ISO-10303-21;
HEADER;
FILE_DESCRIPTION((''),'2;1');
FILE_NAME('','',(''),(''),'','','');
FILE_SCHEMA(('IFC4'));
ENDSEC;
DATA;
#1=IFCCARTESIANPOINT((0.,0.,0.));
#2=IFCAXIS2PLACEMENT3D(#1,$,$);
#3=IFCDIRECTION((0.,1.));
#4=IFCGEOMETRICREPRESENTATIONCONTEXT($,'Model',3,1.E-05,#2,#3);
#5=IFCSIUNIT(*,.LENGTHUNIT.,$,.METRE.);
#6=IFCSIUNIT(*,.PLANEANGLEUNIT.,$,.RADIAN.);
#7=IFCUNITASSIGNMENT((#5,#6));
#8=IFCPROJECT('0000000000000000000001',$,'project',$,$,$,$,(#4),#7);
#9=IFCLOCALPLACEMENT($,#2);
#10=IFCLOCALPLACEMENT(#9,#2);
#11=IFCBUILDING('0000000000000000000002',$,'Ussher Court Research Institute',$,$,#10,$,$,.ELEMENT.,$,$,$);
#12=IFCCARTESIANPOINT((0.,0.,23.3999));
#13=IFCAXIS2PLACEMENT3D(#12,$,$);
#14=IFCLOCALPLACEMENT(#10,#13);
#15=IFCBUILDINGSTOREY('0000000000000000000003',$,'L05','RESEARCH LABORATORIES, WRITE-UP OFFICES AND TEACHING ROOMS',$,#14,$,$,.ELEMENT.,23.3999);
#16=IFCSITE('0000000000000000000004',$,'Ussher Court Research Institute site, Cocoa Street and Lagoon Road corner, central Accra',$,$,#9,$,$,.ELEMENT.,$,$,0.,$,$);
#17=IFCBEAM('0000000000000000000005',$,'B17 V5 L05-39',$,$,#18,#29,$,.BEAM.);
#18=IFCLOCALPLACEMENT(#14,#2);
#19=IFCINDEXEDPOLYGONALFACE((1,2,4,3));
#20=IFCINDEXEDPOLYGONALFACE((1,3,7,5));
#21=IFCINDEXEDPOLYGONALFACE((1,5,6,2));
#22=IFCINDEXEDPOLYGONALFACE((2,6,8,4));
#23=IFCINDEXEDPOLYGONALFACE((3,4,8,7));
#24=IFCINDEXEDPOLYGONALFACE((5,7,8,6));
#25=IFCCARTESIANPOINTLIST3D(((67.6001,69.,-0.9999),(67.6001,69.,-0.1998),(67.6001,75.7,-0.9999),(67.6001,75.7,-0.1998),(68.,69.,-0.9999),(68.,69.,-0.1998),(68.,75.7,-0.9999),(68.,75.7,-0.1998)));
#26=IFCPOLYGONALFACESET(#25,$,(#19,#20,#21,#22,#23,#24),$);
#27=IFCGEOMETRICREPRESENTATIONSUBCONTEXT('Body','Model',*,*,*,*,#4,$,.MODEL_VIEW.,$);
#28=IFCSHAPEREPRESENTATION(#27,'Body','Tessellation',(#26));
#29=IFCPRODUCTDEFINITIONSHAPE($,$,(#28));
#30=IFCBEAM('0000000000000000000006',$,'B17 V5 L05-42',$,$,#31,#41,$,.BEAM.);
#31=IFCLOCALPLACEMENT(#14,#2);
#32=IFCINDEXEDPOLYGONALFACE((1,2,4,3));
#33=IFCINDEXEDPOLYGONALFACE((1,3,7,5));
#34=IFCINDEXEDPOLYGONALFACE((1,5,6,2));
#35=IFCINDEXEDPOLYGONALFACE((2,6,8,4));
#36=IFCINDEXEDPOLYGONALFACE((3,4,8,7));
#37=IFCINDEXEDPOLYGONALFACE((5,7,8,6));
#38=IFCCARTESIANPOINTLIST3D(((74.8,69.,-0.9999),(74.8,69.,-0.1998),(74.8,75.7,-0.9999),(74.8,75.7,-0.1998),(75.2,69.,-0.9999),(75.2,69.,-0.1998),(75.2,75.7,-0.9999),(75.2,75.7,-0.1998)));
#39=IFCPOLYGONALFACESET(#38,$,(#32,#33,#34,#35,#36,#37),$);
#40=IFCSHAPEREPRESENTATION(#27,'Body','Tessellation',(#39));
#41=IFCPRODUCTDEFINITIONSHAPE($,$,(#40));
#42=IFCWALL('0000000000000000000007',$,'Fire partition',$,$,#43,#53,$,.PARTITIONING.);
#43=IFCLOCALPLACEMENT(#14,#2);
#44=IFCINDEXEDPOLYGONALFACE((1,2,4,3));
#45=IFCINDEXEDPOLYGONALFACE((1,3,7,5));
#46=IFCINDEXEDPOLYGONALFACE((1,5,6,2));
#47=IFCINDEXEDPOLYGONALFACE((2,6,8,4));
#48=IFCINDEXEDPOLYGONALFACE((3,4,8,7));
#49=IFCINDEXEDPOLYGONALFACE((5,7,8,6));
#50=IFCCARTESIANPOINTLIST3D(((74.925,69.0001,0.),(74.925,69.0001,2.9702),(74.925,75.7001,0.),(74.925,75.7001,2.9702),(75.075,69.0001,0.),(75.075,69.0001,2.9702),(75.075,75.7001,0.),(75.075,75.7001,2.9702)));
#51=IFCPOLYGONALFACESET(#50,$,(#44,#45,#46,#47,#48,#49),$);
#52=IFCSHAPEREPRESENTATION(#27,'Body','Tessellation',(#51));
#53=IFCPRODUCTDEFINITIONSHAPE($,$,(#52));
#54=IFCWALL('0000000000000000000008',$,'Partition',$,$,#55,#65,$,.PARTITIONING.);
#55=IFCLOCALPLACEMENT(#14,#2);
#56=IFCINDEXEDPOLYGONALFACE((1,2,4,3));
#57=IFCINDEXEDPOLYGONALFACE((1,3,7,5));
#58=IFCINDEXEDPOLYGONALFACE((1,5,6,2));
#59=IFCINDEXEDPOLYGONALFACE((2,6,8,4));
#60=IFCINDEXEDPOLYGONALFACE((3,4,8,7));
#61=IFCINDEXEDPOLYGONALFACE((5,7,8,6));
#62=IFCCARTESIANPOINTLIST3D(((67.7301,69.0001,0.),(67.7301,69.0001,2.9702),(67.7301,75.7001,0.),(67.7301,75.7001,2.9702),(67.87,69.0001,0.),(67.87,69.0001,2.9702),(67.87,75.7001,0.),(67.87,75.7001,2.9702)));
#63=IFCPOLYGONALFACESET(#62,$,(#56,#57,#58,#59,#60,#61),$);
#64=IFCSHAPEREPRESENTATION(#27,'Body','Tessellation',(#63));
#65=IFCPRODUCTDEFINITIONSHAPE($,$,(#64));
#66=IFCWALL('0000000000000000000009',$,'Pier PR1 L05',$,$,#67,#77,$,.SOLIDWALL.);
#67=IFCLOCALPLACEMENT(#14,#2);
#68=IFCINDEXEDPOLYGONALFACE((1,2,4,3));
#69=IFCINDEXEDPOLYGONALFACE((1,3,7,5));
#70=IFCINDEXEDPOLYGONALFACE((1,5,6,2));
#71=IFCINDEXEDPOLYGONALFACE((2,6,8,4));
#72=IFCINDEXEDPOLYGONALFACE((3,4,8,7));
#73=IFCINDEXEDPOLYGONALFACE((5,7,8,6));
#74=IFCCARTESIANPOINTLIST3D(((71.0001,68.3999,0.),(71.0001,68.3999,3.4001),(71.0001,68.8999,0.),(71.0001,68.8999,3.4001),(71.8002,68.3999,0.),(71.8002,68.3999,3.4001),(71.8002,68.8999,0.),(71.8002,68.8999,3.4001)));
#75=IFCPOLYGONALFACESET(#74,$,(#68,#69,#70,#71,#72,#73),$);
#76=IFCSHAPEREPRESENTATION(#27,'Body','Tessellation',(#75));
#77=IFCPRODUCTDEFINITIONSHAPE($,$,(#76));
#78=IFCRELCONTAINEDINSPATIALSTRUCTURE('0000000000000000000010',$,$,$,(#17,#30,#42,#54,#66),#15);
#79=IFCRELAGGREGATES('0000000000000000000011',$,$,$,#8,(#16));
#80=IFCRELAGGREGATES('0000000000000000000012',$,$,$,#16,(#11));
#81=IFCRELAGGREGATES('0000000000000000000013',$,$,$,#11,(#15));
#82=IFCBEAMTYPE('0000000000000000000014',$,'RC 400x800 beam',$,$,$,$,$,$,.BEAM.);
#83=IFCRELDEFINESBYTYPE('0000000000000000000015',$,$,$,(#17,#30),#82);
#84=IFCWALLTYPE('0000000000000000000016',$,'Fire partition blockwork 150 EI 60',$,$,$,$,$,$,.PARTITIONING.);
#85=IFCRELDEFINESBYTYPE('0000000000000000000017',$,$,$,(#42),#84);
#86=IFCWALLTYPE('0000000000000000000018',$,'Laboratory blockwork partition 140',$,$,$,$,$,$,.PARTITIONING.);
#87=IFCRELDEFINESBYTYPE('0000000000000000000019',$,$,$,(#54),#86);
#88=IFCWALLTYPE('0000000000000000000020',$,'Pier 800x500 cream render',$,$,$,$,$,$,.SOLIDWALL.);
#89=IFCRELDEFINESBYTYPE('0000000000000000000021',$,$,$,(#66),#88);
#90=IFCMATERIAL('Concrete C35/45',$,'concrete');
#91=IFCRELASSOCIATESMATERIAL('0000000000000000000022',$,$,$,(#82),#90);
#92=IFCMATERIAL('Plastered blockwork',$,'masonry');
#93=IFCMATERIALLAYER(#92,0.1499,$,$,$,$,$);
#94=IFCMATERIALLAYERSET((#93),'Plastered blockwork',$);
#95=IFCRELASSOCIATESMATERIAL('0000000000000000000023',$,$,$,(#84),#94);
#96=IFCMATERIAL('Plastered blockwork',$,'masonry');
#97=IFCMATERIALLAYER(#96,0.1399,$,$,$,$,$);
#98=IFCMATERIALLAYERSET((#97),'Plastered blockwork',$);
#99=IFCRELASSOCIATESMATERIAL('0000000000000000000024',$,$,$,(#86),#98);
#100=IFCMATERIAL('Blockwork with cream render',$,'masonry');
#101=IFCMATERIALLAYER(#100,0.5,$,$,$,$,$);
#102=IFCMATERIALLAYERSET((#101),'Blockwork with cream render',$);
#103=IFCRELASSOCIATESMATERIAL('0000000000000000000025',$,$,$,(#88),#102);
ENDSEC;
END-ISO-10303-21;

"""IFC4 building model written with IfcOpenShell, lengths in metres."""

from ifc_helpers import new_model, si_unit, direction, frame, frame_2d, origin, origin_2d, place, context, subcontext, project, spatial, rectangle, extrude, material, layer, layer_set, material_profile, profile_set, type_object, element, save


model = new_model("IFC4")

# Units and contexts
model_context = context("Model", 3, precision=1e-05, world=origin(), true_north=direction((0.0, 1.0)))
body_context = subcontext(model_context, "Body", "Model", "MODEL_VIEW")
ifc_project = project(units=[si_unit("LENGTHUNIT", "METRE"), si_unit("PLANEANGLEUNIT", "RADIAN")], contexts=[model_context])

# Site, building, storey
site_placement = place(None, origin())
site = spatial("IfcSite", under=ifc_project, at=site_placement, Name="Ussher Court Research Institute site, Cocoa Street and Lagoon Road corner, central Accra", CompositionType="ELEMENT", RefElevation=0.0)
building_placement = place(site_placement, origin())
building = spatial("IfcBuilding", under=site, at=building_placement, Name="Ussher Court Research Institute", CompositionType="ELEMENT")
storey_placement = place(building_placement, frame((0.0, 0.0, 23.3999)))
storey = spatial("IfcBuildingStorey", under=building, at=storey_placement, Name="L05", Description="RESEARCH LABORATORIES, WRITE-UP OFFICES AND TEACHING ROOMS", CompositionType="ELEMENT", Elevation=23.3999)

# Beams
ifc_material_1 = material(Name="Concrete C35/45", Category="concrete")
ifc_material_profile_1 = material_profile(ifc_material_1, rectangle(XDim=0.3999, YDim=0.8, at=origin_2d()), Name="RC 400x800")
ifc_profile_set_1 = profile_set([ifc_material_profile_1], Name="Concrete C35/45")
beam_type_1 = type_object("IfcBeamType", Name="RC 400x800 beam", PredefinedType="BEAM", material=ifc_profile_set_1)
for number, where, z_axis, x_axis, name in (
    (1, (67.8, 69.0, -0.5999), (0.0, 1.0, 0.0), (-1.0, 0.0, 0.0), "B17 V5 L05-39"),
    (2, (75.0, 69.0, -0.5999), (0.0, 1.0, 0.0), (-1.0, 0.0, 0.0), "B17 V5 L05-42"),
):
    element("IfcBeam", number, at=place(storey_placement, frame(where, z_axis=z_axis, x_axis=x_axis)), inside=storey, type_object=beam_type_1, Name=name, PredefinedType="BEAM", context=body_context, shape_type="SweptSolid", body=[
        extrude(rectangle(XDim=0.3999, YDim=0.8, at=origin_2d()), origin(), (0.0, 0.0, 1.0), 6.7),
    ])

# Walls
ifc_material_2 = material(Name="Plastered blockwork", Category="masonry")
ifc_layer_1 = layer(ifc_material_2, 0.1499)
ifc_layer_set_1 = layer_set([ifc_layer_1], Name="Plastered blockwork")
wall_type_1 = type_object("IfcWallType", Name="Fire partition blockwork 150 EI 60", PredefinedType="PARTITIONING", material=ifc_layer_set_1)
wall_1_placement = place(storey_placement, frame((75.0, 69.0, 0.0), z_axis=(0.0, 0.0, 1.0), x_axis=(0.0, 1.0, 0.0)))
element("IfcWall", 3, at=wall_1_placement, inside=storey, type_object=wall_type_1, Name="Fire partition", PredefinedType="PARTITIONING", context=body_context, shape_type="SweptSolid", body=[
    extrude(rectangle(XDim=6.7, YDim=0.1499, at=frame_2d((3.3501, 0.0))), origin(), (0.0, 0.0, 1.0), 2.9702),
])
ifc_material_3 = material(Name="Plastered blockwork", Category="masonry")
ifc_layer_2 = layer(ifc_material_3, 0.1399)
ifc_layer_set_2 = layer_set([ifc_layer_2], Name="Plastered blockwork")
wall_type_2 = type_object("IfcWallType", Name="Laboratory blockwork partition 140", PredefinedType="PARTITIONING", material=ifc_layer_set_2)
wall_2_placement = place(storey_placement, frame((67.8, 69.0, 0.0), z_axis=(0.0, 0.0, 1.0), x_axis=(0.0, 1.0, 0.0)))
element("IfcWall", 4, at=wall_2_placement, inside=storey, type_object=wall_type_2, Name="Partition", PredefinedType="PARTITIONING", context=body_context, shape_type="SweptSolid", body=[
    extrude(rectangle(XDim=6.7, YDim=0.1399, at=frame_2d((3.3501, 0.0))), origin(), (0.0, 0.0, 1.0), 2.9702),
])
ifc_material_4 = material(Name="Blockwork with cream render", Category="masonry")
ifc_layer_3 = layer(ifc_material_4, 0.5)
ifc_layer_set_3 = layer_set([ifc_layer_3], Name="Blockwork with cream render")
wall_type_3 = type_object("IfcWallType", Name="Pier 800x500 cream render", PredefinedType="SOLIDWALL", material=ifc_layer_set_3)
wall_3_placement = place(storey_placement, frame((71.8, 68.6499, 0.0), z_axis=(0.0, 0.0, 1.0), x_axis=(-1.0, 0.0, 0.0)))
element("IfcWall", 5, at=wall_3_placement, inside=storey, type_object=wall_type_3, Name="Pier PR1 L05", PredefinedType="SOLIDWALL", context=body_context, shape_type="SweptSolid", body=[
    extrude(rectangle(XDim=0.8, YDim=0.5, at=frame_2d((0.3999, 0.0))), origin(), (0.0, 0.0, 1.0), 3.4001),
])

save(model, "model.ifc")
